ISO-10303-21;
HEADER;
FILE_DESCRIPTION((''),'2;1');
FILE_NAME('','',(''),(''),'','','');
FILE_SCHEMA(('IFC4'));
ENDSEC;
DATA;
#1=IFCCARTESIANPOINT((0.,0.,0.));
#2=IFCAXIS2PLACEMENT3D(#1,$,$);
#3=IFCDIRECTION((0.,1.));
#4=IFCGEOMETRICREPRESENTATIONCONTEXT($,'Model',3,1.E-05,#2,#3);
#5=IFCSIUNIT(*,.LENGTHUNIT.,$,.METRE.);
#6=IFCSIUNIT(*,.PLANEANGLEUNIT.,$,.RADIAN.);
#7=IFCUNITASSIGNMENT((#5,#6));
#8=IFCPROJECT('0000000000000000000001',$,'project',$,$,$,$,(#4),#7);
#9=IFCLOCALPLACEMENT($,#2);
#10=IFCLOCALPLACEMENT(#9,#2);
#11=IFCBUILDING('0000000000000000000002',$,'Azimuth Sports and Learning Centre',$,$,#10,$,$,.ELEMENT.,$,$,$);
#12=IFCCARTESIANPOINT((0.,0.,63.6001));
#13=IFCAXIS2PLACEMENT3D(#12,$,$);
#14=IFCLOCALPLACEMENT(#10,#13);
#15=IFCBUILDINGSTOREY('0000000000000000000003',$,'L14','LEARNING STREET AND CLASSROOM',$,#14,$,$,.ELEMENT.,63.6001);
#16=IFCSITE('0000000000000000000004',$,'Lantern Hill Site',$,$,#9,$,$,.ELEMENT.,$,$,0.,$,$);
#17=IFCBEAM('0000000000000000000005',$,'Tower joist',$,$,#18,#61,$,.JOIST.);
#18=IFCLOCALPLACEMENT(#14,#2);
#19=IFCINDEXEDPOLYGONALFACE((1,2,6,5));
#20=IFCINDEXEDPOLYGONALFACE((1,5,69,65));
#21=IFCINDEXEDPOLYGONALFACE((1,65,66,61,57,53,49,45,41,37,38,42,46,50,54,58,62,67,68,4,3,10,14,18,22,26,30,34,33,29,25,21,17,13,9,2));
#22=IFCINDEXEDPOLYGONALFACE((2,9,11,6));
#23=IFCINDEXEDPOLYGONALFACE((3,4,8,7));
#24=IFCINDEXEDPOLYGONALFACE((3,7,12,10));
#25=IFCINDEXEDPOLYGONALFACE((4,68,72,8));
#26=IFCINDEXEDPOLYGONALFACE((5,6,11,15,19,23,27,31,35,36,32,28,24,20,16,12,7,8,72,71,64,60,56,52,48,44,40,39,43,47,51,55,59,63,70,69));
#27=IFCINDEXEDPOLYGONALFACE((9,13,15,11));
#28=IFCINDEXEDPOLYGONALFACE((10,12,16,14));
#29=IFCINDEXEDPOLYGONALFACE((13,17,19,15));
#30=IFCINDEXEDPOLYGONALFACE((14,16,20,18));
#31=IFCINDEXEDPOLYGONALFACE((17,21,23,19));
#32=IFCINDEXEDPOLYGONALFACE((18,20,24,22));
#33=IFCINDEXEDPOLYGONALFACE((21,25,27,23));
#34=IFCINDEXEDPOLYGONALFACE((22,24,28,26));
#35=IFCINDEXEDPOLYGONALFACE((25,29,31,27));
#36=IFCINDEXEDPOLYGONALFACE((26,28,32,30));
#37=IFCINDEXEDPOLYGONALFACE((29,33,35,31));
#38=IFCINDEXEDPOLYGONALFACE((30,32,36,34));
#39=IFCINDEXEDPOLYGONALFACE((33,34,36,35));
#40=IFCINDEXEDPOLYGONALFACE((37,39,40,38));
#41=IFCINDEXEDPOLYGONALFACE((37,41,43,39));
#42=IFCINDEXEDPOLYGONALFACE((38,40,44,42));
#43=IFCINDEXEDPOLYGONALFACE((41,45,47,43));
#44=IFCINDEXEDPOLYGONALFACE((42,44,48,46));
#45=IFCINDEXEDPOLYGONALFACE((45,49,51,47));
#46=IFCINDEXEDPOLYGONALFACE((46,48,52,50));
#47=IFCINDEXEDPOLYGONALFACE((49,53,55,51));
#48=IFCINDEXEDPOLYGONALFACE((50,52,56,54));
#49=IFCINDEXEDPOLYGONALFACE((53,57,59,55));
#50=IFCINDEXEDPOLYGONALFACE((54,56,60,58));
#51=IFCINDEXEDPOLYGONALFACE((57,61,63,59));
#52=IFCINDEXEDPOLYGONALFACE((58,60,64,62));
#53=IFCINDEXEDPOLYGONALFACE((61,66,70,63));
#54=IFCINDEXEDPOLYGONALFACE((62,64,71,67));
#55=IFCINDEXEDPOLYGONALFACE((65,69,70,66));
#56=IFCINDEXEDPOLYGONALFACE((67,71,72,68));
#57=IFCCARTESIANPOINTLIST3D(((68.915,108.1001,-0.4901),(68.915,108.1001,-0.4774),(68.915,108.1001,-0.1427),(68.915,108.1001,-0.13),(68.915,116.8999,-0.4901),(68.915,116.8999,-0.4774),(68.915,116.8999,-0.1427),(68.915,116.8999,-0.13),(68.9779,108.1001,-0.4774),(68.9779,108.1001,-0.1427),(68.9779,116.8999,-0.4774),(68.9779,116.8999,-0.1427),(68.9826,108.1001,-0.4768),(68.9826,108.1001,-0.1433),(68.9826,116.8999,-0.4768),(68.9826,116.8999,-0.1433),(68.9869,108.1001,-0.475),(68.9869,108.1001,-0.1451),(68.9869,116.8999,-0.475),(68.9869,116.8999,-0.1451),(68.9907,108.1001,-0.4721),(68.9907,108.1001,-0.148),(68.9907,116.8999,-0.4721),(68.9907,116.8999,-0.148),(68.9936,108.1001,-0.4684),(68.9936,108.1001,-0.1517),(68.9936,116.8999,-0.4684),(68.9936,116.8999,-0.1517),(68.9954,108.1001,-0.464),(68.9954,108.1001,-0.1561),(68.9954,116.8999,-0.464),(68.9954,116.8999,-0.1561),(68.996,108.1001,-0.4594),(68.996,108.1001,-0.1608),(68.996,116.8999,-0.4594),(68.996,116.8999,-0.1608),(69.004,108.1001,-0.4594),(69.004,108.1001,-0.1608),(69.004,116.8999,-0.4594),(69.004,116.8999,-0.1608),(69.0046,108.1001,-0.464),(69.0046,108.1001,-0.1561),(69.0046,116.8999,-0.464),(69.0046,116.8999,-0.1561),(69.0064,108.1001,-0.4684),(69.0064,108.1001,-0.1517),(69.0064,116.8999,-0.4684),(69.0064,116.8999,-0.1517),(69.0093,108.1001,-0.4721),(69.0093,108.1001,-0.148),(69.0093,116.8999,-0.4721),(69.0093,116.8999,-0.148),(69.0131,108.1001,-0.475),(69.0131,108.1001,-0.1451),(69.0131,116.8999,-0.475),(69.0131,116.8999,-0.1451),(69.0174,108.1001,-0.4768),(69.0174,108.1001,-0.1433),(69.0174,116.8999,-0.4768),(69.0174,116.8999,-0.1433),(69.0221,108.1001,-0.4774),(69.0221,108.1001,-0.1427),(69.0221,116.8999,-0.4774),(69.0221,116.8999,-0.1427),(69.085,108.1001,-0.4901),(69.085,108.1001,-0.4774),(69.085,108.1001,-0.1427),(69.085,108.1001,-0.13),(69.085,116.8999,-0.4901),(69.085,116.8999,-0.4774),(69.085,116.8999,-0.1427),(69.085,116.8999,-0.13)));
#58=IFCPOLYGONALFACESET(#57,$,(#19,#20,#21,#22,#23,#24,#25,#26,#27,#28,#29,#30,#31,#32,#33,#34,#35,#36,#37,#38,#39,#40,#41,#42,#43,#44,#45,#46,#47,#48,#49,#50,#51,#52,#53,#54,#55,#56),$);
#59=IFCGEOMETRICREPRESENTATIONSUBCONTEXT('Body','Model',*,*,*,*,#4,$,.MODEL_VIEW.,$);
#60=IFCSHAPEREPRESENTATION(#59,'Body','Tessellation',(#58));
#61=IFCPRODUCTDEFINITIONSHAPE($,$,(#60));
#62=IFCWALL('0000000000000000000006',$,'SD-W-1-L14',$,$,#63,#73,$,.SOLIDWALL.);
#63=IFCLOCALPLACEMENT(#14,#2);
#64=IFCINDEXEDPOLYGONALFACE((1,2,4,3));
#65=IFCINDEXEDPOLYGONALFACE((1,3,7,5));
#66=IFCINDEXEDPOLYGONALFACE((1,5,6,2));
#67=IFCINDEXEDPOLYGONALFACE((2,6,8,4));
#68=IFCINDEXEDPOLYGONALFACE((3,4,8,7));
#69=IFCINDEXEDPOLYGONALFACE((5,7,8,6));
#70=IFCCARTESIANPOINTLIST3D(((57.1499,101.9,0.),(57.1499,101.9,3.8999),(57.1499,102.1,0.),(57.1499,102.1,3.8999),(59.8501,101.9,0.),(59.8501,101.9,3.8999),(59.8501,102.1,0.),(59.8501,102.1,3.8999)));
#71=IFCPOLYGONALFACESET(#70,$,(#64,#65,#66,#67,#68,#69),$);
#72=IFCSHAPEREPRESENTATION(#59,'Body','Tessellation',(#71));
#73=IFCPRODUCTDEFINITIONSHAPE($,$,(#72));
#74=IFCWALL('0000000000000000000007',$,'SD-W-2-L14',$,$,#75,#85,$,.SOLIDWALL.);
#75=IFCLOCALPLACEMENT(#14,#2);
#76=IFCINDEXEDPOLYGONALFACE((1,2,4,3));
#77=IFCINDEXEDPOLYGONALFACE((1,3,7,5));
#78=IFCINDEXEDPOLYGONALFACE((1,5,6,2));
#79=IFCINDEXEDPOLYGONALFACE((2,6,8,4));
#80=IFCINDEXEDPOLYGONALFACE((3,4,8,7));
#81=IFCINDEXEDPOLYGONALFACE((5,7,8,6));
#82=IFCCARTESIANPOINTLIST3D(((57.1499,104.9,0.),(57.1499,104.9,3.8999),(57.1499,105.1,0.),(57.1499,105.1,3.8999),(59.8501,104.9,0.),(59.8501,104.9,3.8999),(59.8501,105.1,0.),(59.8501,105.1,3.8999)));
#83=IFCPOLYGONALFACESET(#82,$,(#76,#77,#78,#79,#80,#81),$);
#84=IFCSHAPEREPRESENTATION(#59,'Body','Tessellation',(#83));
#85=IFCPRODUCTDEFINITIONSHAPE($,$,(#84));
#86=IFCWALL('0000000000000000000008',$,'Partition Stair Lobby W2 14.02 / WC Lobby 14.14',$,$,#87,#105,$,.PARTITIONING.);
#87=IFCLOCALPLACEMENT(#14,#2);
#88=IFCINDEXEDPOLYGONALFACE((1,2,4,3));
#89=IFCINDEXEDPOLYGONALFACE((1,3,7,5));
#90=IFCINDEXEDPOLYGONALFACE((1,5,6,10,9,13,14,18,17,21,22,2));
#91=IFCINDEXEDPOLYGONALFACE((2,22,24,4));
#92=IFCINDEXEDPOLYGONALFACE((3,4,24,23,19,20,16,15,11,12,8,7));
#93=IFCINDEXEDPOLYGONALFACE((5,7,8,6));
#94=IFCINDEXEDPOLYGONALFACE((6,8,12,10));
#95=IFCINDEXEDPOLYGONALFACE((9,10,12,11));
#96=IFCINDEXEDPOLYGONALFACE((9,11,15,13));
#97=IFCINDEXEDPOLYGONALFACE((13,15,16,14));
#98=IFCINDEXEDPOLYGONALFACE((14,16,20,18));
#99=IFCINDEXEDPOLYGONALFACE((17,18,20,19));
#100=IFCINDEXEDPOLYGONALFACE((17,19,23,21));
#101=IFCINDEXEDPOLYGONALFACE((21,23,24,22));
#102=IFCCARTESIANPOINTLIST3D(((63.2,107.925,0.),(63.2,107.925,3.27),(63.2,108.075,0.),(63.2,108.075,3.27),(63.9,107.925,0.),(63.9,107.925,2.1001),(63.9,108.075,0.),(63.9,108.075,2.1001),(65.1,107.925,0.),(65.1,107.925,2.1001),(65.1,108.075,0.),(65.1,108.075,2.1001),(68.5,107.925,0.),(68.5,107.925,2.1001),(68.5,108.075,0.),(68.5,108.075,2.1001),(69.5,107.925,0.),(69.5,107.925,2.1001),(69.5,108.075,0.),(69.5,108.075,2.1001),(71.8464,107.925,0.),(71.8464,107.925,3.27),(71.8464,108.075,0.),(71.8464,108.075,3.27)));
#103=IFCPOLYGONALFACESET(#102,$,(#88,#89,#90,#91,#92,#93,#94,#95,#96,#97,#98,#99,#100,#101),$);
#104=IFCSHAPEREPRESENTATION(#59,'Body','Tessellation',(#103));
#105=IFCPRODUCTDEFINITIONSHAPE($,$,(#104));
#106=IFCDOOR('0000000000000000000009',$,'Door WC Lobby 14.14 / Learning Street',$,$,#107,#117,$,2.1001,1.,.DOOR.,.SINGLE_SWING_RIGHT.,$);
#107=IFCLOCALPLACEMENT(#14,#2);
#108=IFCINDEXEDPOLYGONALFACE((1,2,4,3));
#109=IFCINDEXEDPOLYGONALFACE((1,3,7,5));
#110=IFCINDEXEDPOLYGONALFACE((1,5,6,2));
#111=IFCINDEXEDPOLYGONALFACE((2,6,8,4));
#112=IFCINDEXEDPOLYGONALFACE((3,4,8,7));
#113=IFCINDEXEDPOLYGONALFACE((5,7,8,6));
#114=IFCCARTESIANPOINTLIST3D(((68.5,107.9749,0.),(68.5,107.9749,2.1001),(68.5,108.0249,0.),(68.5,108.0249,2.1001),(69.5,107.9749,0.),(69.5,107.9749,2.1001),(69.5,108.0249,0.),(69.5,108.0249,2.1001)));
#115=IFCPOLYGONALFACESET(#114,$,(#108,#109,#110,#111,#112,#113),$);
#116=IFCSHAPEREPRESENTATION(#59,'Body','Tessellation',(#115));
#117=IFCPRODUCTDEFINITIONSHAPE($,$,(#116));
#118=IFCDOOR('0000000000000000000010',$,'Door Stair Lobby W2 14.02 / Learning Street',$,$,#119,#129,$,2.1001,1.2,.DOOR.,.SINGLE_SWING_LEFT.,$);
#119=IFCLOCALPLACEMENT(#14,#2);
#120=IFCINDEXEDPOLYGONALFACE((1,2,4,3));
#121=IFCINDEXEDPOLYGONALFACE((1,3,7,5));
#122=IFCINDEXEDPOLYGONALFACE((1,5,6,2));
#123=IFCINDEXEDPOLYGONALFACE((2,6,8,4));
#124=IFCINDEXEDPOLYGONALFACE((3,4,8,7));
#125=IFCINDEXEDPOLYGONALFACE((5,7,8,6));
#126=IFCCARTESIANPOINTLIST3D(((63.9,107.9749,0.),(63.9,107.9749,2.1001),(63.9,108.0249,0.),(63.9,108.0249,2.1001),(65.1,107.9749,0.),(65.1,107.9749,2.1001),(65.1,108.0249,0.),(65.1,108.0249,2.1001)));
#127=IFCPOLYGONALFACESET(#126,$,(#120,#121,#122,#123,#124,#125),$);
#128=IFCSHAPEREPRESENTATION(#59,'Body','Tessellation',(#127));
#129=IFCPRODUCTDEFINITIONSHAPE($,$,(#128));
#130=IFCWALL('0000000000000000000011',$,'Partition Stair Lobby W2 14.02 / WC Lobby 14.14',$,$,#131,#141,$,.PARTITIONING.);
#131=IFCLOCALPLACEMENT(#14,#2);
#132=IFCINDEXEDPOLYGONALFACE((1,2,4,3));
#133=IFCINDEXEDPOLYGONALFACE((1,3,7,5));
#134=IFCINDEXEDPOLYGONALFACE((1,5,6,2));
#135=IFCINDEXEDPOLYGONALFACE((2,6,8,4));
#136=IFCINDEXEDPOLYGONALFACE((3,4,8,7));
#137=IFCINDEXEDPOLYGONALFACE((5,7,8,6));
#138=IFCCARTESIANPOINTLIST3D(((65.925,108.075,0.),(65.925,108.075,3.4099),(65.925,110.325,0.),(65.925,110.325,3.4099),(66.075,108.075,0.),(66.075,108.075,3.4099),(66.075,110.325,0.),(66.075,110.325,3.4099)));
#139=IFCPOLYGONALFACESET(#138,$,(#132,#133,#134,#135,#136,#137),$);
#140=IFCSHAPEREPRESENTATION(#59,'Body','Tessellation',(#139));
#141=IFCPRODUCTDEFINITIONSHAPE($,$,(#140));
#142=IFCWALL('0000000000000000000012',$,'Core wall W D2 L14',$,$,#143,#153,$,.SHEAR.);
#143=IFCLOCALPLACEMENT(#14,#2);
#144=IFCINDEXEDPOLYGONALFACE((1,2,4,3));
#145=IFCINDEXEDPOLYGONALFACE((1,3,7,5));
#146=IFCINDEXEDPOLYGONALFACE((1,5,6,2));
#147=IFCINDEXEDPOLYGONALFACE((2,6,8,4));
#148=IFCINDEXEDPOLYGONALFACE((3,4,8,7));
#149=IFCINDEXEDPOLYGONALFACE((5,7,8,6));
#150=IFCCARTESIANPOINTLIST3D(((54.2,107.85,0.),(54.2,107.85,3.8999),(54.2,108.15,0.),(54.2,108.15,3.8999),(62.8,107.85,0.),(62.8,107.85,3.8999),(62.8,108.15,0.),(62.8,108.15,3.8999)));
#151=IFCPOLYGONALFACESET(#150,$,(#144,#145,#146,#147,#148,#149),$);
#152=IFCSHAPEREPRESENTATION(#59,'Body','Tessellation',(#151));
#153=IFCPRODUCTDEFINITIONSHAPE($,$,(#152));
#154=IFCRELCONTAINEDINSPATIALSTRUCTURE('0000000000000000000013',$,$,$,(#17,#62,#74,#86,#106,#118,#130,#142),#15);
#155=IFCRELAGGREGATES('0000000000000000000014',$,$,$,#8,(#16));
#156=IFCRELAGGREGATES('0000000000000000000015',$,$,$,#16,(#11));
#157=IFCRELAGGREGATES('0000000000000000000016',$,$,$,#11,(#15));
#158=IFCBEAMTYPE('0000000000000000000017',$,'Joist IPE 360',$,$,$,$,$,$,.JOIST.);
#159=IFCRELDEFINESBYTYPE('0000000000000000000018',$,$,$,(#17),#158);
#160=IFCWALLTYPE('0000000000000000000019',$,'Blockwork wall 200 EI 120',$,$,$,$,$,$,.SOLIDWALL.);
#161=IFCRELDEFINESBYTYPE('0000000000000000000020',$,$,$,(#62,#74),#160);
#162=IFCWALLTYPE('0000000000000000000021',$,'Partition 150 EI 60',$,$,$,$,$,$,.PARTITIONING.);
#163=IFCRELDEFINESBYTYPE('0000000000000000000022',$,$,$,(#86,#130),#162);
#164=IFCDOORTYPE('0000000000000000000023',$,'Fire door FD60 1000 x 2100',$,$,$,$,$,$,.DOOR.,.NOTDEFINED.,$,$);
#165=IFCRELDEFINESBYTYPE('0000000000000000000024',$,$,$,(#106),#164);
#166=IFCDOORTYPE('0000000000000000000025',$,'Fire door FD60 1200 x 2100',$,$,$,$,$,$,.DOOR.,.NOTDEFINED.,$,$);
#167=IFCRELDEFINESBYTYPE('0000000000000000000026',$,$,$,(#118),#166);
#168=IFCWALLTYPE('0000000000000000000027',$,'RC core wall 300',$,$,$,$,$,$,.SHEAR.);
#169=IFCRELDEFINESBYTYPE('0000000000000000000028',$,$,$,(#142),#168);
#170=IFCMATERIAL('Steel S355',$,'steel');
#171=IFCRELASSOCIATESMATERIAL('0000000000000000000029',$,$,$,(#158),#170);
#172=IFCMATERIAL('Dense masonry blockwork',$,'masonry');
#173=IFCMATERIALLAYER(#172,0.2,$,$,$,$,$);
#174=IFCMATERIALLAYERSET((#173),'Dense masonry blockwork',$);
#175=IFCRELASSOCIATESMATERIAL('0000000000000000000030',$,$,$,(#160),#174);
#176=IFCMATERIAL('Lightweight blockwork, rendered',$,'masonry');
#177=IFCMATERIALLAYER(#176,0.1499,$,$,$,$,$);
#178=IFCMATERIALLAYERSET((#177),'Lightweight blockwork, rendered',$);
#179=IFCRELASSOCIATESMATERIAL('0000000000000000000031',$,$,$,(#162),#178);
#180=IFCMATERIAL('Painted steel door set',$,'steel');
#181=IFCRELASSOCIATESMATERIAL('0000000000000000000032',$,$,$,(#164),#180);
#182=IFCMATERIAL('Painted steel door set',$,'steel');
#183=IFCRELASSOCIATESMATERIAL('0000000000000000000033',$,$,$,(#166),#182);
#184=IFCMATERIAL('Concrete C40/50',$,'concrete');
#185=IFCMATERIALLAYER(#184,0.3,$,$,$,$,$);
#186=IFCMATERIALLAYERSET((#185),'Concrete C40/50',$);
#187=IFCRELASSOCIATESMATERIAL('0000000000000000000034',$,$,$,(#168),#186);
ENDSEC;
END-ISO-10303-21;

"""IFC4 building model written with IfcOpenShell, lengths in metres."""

from ifc_helpers import new_model, si_unit, direction, frame, frame_2d, origin, origin_2d, place, context, subcontext, project, spatial, rectangle, i_section, extrude, material, layer, layer_set, material_profile, profile_set, type_object, element, fill, save


model = new_model("IFC4")

# Units and contexts
model_context = context("Model", 3, precision=1e-05, world=origin(), true_north=direction((0.0, 1.0)))
body_context = subcontext(model_context, "Body", "Model", "MODEL_VIEW")
ifc_project = project(units=[si_unit("LENGTHUNIT", "METRE"), si_unit("PLANEANGLEUNIT", "RADIAN")], contexts=[model_context])

# Site, building, storey
site_placement = place(None, origin())
site = spatial("IfcSite", under=ifc_project, at=site_placement, Name="Lantern Hill Site", CompositionType="ELEMENT", RefElevation=0.0)
building_placement = place(site_placement, origin())
building = spatial("IfcBuilding", under=site, at=building_placement, Name="Azimuth Sports and Learning Centre", CompositionType="ELEMENT")
storey_placement = place(building_placement, frame((0.0, 0.0, 63.6001)))
storey = spatial("IfcBuildingStorey", under=building, at=storey_placement, Name="L14", Description="LEARNING STREET AND CLASSROOM", CompositionType="ELEMENT", Elevation=63.6001)

# Beam
ifc_material_1 = material(Name="Steel S355", Category="steel")
ifc_material_profile_1 = material_profile(ifc_material_1, i_section(OverallWidth=0.1699, OverallDepth=0.3601, WebThickness=0.0081, FlangeThickness=0.0127, FilletRadius=0.0181, at=origin_2d()), Name="IPE 360")
ifc_profile_set_1 = profile_set([ifc_material_profile_1], Name="Steel S355")
beam_type_1 = type_object("IfcBeamType", Name="Joist IPE 360", PredefinedType="JOIST", material=ifc_profile_set_1)
for number, where, z_axis, x_axis, name in (
    (1, (69.0, 108.1001, -0.3101), (0.0, 1.0, 0.0), (-1.0, 0.0, 0.0), "Tower joist"),
):
    element("IfcBeam", number, at=place(storey_placement, frame(where, z_axis=z_axis, x_axis=x_axis)), inside=storey, type_object=beam_type_1, Name=name, PredefinedType="JOIST", context=body_context, shape_type="SweptSolid", body=[
        extrude(i_section(OverallWidth=0.1699, OverallDepth=0.3601, WebThickness=0.0081, FlangeThickness=0.0127, FilletRadius=0.0181, at=origin_2d()), origin(), (0.0, 0.0, 1.0), 8.7998),
    ])

# Walls
ifc_material_2 = material(Name="Dense masonry blockwork", Category="masonry")
ifc_layer_1 = layer(ifc_material_2, 0.2)
ifc_layer_set_1 = layer_set([ifc_layer_1], Name="Dense masonry blockwork")
wall_type_1 = type_object("IfcWallType", Name="Blockwork wall 200 EI 120", PredefinedType="SOLIDWALL", material=ifc_layer_set_1)
for number, where, z_axis, x_axis, name in (
    (2, (57.1499, 102.0, 0.0), (0.0, 0.0, 1.0), (1.0, 0.0, 0.0), "SD-W-1-L14"),
    (3, (57.1499, 105.0, 0.0), (0.0, 0.0, 1.0), (1.0, 0.0, 0.0), "SD-W-2-L14"),
):
    element("IfcWall", number, at=place(storey_placement, frame(where, z_axis=z_axis, x_axis=x_axis)), inside=storey, type_object=wall_type_1, Name=name, PredefinedType="SOLIDWALL", context=body_context, shape_type="SweptSolid", body=[
        extrude(rectangle(XDim=2.7002, YDim=0.2, at=frame_2d((1.3501, 0.0))), origin(), (0.0, 0.0, 1.0), 3.8999),
    ])

# Wall, openings, doors
ifc_material_3 = material(Name="Lightweight blockwork, rendered", Category="masonry")
ifc_layer_2 = layer(ifc_material_3, 0.1499)
ifc_layer_set_2 = layer_set([ifc_layer_2], Name="Lightweight blockwork, rendered")
wall_type_2 = type_object("IfcWallType", Name="Partition 150 EI 60", PredefinedType="PARTITIONING", material=ifc_layer_set_2)
wall_1_placement = place(storey_placement, frame((63.2, 108.0, 0.0), z_axis=(0.0, 0.0, 1.0), x_axis=(1.0, 0.0, 0.0)))
wall_1 = element("IfcWall", 4, at=wall_1_placement, inside=storey, type_object=wall_type_2, Name="Partition Stair Lobby W2 14.02 / WC Lobby 14.14", PredefinedType="PARTITIONING", context=body_context, shape_type="SweptSolid", body=[
    extrude(rectangle(XDim=8.6465, YDim=0.1499, at=frame_2d((4.3232, 0.0))), origin(), (0.0, 0.0, 1.0), 3.27),
])
opening_1_placement = place(wall_1_placement, frame((0.7, 0.0, 0.0)))
opening_1 = element("IfcOpeningElement", 5, at=opening_1_placement, cuts=wall_1, PredefinedType="OPENING", context=body_context, shape_type="SweptSolid", body=[
    extrude(rectangle(XDim=1.2, YDim=2.1001, at=frame_2d((0.6001, 1.05))), frame((0.0, 0.0859, 0.0), z_axis=(0.0, -1.0, 0.0), x_axis=(1.0, 0.0, 0.0)), (0.0, 0.0, 1.0), 0.1719),
])
opening_2_placement = place(wall_1_placement, frame((5.3, 0.0, 0.0)))
opening_2 = element("IfcOpeningElement", 6, at=opening_2_placement, cuts=wall_1, PredefinedType="OPENING", context=body_context, shape_type="SweptSolid", body=[
    extrude(rectangle(XDim=1.0, YDim=2.1001, at=frame_2d((0.5, 1.05))), frame((0.0, 0.0859, 0.0), z_axis=(0.0, -1.0, 0.0), x_axis=(1.0, 0.0, 0.0)), (0.0, 0.0, 1.0), 0.1719),
])
ifc_material_4 = material(Name="Painted steel door set", Category="steel")
door_type_1 = type_object("IfcDoorType", Name="Fire door FD60 1000 x 2100", OperationType="NOTDEFINED", PredefinedType="DOOR", material=ifc_material_4)
door_1_placement = place(opening_2_placement, origin())
door_1 = element("IfcDoor", 7, at=door_1_placement, inside=storey, type_object=door_type_1, Name="Door WC Lobby 14.14 / Learning Street", OperationType="SINGLE_SWING_RIGHT", OverallHeight=2.1001, OverallWidth=1.0, PredefinedType="DOOR", context=body_context, shape_type="SweptSolid", body=[
    extrude(rectangle(XDim=1.0, YDim=2.1001, at=frame_2d((0.5, 1.05))), frame((0.0, 0.0249, 0.0), z_axis=(0.0, -1.0, 0.0), x_axis=(1.0, 0.0, 0.0)), (0.0, 0.0, 1.0), 0.05),
])
fill(opening_2, door_1)
ifc_material_5 = material(Name="Painted steel door set", Category="steel")
door_type_2 = type_object("IfcDoorType", Name="Fire door FD60 1200 x 2100", OperationType="NOTDEFINED", PredefinedType="DOOR", material=ifc_material_5)
door_2_placement = place(opening_1_placement, origin())
door_2 = element("IfcDoor", 8, at=door_2_placement, inside=storey, type_object=door_type_2, Name="Door Stair Lobby W2 14.02 / Learning Street", OperationType="SINGLE_SWING_LEFT", OverallHeight=2.1001, OverallWidth=1.2, PredefinedType="DOOR", context=body_context, shape_type="SweptSolid", body=[
    extrude(rectangle(XDim=1.2, YDim=2.1001, at=frame_2d((0.6001, 1.05))), frame((0.0, 0.0249, 0.0), z_axis=(0.0, -1.0, 0.0), x_axis=(1.0, 0.0, 0.0)), (0.0, 0.0, 1.0), 0.05),
])
fill(opening_1, door_2)

# Walls
wall_2_placement = place(storey_placement, frame((66.0, 108.075, 0.0), z_axis=(0.0, 0.0, 1.0), x_axis=(0.0, 1.0, 0.0)))
element("IfcWall", 9, at=wall_2_placement, inside=storey, type_object=wall_type_2, Name="Partition Stair Lobby W2 14.02 / WC Lobby 14.14", PredefinedType="PARTITIONING", context=body_context, shape_type="SweptSolid", body=[
    extrude(rectangle(XDim=2.25, YDim=0.1499, at=frame_2d((1.125, 0.0))), origin(), (0.0, 0.0, 1.0), 3.4099),
])
ifc_material_6 = material(Name="Concrete C40/50", Category="concrete")
ifc_layer_3 = layer(ifc_material_6, 0.3)
ifc_layer_set_3 = layer_set([ifc_layer_3], Name="Concrete C40/50")
wall_type_3 = type_object("IfcWallType", Name="RC core wall 300", PredefinedType="SHEAR", material=ifc_layer_set_3)
wall_3_placement = place(storey_placement, frame((54.2, 108.0, 0.0), z_axis=(0.0, 0.0, 1.0), x_axis=(1.0, 0.0, 0.0)))
element("IfcWall", 10, at=wall_3_placement, inside=storey, type_object=wall_type_3, Name="Core wall W D2 L14", PredefinedType="SHEAR", context=body_context, shape_type="SweptSolid", body=[
    extrude(rectangle(XDim=8.6001, YDim=0.3, at=frame_2d((4.3, 0.0))), origin(), (0.0, 0.0, 1.0), 3.8999),
])

save(model, "model.ifc")
